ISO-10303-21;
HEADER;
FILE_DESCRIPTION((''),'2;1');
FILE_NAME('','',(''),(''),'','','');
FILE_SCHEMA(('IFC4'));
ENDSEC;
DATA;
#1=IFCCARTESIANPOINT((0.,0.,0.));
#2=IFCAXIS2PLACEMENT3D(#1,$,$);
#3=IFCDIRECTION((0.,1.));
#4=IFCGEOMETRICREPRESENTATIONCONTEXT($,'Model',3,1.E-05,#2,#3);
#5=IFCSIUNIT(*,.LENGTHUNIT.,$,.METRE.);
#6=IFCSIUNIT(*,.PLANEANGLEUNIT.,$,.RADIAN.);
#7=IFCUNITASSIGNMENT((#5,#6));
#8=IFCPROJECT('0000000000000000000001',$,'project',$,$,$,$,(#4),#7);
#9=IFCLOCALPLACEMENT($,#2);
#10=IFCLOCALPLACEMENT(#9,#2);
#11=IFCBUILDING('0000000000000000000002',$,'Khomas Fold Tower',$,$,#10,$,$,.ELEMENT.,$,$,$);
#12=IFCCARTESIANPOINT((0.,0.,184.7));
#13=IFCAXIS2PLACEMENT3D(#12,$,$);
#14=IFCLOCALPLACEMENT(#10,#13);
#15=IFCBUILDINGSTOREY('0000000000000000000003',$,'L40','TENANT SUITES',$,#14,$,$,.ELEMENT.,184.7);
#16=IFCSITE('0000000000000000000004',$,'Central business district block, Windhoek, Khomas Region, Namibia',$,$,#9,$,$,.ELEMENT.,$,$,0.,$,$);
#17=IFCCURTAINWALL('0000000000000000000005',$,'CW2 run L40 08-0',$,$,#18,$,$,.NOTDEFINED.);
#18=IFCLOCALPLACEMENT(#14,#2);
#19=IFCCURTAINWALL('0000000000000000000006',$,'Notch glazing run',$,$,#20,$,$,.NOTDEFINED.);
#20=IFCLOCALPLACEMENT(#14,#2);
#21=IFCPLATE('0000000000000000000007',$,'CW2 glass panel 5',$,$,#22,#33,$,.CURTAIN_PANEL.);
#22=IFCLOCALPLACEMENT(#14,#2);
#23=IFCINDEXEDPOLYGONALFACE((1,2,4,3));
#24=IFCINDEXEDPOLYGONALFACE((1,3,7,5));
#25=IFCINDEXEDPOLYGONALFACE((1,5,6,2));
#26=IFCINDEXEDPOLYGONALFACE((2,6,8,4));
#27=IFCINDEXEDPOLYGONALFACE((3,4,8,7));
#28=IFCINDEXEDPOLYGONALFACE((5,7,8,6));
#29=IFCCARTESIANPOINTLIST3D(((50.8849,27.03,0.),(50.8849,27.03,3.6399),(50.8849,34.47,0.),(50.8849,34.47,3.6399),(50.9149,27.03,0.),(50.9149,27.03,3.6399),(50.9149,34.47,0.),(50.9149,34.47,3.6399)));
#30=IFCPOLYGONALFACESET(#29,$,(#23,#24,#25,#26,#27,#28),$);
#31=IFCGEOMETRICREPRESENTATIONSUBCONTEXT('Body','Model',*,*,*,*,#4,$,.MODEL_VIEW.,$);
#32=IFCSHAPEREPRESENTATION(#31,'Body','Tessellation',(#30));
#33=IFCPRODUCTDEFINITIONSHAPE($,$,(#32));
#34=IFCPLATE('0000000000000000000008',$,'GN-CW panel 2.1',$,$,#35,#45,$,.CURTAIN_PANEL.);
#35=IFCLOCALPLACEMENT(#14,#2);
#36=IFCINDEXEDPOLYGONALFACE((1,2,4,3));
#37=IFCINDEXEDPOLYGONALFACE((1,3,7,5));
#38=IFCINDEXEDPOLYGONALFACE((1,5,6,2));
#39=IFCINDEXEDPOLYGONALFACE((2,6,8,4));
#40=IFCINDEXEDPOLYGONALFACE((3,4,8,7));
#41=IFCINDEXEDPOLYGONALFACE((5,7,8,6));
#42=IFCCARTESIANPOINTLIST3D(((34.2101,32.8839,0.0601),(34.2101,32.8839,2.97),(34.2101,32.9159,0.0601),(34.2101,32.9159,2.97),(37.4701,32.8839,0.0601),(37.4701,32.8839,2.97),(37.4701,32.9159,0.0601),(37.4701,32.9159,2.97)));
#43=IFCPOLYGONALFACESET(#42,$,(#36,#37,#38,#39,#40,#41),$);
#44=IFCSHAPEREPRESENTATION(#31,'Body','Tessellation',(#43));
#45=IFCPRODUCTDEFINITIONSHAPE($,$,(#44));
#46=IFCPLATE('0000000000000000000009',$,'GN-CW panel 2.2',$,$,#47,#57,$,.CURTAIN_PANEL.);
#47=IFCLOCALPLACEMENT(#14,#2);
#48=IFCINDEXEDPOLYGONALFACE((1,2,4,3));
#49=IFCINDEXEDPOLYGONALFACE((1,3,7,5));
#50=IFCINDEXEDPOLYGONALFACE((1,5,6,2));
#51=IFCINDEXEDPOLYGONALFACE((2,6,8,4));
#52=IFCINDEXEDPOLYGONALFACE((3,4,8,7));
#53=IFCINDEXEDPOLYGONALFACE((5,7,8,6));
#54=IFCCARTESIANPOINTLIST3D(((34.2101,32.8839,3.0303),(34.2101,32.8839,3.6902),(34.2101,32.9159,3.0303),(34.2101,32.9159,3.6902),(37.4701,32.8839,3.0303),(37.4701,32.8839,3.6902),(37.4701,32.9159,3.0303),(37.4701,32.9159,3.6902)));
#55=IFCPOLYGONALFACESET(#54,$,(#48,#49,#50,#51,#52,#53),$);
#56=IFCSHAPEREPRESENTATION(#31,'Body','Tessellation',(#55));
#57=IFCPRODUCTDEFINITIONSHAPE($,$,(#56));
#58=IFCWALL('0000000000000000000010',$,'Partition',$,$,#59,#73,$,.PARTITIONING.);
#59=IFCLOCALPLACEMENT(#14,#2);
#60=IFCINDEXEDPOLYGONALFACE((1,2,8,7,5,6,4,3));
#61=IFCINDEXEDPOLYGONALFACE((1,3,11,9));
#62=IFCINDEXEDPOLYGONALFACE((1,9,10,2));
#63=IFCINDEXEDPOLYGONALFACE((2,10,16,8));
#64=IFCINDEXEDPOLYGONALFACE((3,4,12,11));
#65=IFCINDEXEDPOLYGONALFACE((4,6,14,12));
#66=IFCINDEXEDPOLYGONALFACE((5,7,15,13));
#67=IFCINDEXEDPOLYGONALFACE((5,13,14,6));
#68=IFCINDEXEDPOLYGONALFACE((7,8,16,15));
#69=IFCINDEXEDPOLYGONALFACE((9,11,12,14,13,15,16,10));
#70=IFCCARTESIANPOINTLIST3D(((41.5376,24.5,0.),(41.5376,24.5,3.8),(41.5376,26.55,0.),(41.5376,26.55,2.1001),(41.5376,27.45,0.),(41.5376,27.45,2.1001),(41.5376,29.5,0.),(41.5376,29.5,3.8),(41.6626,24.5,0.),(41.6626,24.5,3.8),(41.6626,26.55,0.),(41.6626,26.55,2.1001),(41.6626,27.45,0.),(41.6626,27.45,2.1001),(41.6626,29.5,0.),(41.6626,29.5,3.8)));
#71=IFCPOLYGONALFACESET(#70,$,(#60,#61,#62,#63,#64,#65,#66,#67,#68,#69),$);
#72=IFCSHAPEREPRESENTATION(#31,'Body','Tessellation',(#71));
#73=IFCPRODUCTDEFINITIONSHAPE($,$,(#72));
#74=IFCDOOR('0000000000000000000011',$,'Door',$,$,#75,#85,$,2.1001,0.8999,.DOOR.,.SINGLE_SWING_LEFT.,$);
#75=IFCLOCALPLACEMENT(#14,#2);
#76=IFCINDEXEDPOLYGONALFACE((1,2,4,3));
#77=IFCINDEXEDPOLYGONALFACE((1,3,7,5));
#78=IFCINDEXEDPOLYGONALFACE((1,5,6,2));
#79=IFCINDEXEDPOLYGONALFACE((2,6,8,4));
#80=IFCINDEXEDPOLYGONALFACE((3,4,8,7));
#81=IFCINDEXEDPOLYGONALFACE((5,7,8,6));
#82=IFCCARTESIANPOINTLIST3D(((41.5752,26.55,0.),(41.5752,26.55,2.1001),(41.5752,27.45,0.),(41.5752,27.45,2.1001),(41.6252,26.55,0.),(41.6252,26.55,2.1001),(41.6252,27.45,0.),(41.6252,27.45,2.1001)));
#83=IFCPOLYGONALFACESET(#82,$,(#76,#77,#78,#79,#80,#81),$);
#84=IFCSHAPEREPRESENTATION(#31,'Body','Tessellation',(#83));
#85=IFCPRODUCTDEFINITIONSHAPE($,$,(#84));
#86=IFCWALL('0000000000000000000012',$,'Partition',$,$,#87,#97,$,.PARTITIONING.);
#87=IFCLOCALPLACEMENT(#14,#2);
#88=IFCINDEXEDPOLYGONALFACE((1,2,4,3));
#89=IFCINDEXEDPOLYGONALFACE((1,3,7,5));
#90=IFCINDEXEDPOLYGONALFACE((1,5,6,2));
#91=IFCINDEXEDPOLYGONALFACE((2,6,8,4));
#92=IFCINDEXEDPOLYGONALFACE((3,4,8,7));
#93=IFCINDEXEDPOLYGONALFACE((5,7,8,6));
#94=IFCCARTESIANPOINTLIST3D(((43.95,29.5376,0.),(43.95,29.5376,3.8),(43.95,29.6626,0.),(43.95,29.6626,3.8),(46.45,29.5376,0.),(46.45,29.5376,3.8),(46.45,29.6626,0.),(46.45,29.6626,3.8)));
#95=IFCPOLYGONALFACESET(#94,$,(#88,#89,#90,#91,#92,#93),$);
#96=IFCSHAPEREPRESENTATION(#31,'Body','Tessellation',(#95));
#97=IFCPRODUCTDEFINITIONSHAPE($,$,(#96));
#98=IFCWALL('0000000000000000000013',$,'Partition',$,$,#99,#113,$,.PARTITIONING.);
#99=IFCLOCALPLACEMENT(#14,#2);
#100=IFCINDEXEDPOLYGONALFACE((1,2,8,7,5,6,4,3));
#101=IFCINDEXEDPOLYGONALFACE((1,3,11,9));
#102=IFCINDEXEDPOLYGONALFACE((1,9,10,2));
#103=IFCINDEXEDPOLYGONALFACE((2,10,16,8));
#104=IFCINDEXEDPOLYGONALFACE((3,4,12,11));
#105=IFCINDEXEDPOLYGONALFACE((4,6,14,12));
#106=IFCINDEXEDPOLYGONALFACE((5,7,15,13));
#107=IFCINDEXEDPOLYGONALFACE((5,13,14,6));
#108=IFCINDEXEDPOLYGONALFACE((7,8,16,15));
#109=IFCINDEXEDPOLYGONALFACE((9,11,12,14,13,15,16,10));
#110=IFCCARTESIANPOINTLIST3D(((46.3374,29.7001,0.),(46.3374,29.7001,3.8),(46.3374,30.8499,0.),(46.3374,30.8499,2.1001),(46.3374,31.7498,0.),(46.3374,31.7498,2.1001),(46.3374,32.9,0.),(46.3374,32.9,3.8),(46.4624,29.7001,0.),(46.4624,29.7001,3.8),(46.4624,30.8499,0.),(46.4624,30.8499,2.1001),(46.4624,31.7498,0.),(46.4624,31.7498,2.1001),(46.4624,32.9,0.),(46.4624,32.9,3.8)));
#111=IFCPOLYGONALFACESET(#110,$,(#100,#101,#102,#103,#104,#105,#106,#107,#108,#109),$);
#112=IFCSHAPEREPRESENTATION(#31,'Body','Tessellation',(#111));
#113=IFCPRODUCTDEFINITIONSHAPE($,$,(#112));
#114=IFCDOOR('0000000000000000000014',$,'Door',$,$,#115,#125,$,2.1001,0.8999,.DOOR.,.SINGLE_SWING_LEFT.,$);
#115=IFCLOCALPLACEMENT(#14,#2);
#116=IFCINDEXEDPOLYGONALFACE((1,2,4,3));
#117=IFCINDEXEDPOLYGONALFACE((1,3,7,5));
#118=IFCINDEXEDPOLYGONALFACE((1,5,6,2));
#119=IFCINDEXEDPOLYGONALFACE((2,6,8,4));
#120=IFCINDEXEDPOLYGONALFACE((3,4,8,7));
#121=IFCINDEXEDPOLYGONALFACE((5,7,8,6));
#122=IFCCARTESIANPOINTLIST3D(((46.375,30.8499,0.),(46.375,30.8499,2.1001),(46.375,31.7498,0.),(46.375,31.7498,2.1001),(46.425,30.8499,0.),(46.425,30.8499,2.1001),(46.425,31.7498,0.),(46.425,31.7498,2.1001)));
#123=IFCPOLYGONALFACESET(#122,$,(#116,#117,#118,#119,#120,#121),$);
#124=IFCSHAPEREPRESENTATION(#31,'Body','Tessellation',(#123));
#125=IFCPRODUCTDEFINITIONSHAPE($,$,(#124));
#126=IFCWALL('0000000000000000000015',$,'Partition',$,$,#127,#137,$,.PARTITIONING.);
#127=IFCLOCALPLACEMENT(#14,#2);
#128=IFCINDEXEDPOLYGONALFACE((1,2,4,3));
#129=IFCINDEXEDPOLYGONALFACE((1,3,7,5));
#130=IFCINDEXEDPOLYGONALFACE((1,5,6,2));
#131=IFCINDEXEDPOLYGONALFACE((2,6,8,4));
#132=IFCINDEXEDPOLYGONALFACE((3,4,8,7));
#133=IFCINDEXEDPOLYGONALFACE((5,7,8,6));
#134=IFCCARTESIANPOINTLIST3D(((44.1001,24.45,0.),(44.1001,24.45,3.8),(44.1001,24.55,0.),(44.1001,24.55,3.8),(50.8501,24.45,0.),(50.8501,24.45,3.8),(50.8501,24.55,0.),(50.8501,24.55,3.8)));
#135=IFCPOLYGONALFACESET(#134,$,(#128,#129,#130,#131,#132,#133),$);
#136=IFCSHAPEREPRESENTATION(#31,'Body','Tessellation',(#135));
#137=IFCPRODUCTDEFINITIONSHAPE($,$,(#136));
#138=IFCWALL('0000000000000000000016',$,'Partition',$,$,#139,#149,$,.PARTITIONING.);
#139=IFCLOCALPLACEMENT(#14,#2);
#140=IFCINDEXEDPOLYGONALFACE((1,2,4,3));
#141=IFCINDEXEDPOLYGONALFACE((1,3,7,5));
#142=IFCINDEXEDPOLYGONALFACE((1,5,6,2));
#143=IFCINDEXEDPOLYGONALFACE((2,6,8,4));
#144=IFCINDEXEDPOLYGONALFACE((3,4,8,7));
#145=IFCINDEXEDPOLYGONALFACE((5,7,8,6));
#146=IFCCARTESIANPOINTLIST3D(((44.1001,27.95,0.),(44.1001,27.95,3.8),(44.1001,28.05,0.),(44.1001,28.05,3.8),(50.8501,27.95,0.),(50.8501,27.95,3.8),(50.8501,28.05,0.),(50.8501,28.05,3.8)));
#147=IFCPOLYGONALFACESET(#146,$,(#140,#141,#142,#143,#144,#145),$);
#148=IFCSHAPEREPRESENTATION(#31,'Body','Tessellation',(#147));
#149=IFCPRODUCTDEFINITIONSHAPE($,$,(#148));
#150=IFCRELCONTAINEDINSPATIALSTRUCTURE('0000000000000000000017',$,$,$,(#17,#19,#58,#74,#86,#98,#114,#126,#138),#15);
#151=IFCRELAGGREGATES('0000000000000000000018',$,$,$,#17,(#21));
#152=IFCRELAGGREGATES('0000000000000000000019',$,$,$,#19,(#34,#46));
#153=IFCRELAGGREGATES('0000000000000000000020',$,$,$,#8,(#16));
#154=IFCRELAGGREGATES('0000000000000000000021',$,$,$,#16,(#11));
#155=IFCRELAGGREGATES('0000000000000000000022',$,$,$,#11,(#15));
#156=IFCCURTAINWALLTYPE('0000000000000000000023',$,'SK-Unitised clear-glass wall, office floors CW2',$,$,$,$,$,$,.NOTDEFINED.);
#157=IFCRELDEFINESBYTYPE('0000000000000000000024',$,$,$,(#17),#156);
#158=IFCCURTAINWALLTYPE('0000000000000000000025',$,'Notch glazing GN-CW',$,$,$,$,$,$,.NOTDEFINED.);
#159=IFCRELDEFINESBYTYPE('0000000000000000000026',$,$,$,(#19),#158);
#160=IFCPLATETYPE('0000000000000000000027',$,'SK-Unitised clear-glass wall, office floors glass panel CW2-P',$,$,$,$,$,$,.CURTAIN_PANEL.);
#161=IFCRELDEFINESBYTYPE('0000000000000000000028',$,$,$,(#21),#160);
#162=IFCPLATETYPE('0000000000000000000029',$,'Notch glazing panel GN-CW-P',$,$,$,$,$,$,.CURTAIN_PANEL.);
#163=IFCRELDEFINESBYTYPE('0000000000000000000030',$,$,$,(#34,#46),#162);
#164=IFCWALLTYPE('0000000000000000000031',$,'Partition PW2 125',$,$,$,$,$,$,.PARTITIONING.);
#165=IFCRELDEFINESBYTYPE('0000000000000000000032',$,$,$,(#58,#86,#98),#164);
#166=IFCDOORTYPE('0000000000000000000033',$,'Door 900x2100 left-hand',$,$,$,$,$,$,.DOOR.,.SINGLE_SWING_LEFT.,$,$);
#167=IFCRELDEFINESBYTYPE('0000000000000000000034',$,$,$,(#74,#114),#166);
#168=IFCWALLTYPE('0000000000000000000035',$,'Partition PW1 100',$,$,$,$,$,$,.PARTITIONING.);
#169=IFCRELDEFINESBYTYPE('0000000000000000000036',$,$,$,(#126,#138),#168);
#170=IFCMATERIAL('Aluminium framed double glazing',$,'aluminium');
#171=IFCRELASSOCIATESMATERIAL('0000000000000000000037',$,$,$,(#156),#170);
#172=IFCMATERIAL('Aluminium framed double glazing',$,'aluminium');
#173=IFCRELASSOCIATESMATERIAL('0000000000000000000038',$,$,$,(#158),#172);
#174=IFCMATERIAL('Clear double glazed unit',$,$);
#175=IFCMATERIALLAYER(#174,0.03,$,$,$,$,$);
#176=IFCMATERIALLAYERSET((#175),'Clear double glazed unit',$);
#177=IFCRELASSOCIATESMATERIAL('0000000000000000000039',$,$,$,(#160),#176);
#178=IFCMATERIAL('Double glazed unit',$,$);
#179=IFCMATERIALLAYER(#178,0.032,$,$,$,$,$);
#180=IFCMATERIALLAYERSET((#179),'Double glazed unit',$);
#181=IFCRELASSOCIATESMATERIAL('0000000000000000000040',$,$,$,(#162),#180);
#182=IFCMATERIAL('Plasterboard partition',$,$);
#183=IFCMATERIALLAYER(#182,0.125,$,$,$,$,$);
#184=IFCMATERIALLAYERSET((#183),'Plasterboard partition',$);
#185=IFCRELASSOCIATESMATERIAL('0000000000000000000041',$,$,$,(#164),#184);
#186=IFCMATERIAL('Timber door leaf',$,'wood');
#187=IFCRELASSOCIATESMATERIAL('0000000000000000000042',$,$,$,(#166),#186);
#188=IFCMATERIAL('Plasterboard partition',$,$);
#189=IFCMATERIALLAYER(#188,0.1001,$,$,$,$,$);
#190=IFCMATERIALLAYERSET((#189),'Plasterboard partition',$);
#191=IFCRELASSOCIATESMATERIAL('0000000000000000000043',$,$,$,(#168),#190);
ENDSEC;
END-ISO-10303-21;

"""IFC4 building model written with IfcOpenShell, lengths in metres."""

from ifc_helpers import new_model, si_unit, direction, frame, frame_2d, origin, origin_2d, place, context, subcontext, project, spatial, rectangle, extrude, source, transform, mapped, material, layer, layer_set, type_object, element, fill, aggregate, save


model = new_model("IFC4")

# Units and contexts
model_context = context("Model", 3, precision=1e-05, world=origin(), true_north=direction((0.0, 1.0)))
body_context = subcontext(model_context, "Body", "Model", "MODEL_VIEW")
ifc_project = project(units=[si_unit("LENGTHUNIT", "METRE"), si_unit("PLANEANGLEUNIT", "RADIAN")], contexts=[model_context])

# Site, building, storey
site_placement = place(None, origin())
site = spatial("IfcSite", under=ifc_project, at=site_placement, Name="Central business district block, Windhoek, Khomas Region, Namibia", CompositionType="ELEMENT", RefElevation=0.0)
building_placement = place(site_placement, origin())
building = spatial("IfcBuilding", under=site, at=building_placement, Name="Khomas Fold Tower", CompositionType="ELEMENT")
storey_placement = place(building_placement, frame((0.0, 0.0, 184.7)))
storey = spatial("IfcBuildingStorey", under=building, at=storey_placement, Name="L40", Description="TENANT SUITES", CompositionType="ELEMENT", Elevation=184.7)

# Curtain walls
ifc_material_1 = material(Name="Aluminium framed double glazing", Category="aluminium")
curtain_wall_type_1 = type_object("IfcCurtainWallType", Name="SK-Unitised clear-glass wall, office floors CW2", PredefinedType="NOTDEFINED", material=ifc_material_1)
curtain_wall_1_placement = place(storey_placement, origin())
curtain_wall_1 = element("IfcCurtainWall", 1, at=curtain_wall_1_placement, inside=storey, type_object=curtain_wall_type_1, Name="CW2 run L40 08-0", PredefinedType="NOTDEFINED")
ifc_material_2 = material(Name="Aluminium framed double glazing", Category="aluminium")
curtain_wall_type_2 = type_object("IfcCurtainWallType", Name="Notch glazing GN-CW", PredefinedType="NOTDEFINED", material=ifc_material_2)
curtain_wall_2_placement = place(storey_placement, origin())
curtain_wall_2 = element("IfcCurtainWall", 2, at=curtain_wall_2_placement, inside=storey, type_object=curtain_wall_type_2, Name="Notch glazing run", PredefinedType="NOTDEFINED")

# Plates
ifc_material_3 = material(Name="Clear double glazed unit")
ifc_layer_1 = layer(ifc_material_3, 0.03)
ifc_layer_set_1 = layer_set([ifc_layer_1], Name="Clear double glazed unit")
plate_type_1 = type_object("IfcPlateType", Name="SK-Unitised clear-glass wall, office floors glass panel CW2-P", PredefinedType="CURTAIN_PANEL", material=ifc_layer_set_1)
shared_shape_1 = source(origin(), body_context, "Body", "SweptSolid", [
    extrude(rectangle(XDim=7.4399, YDim=0.03, at=origin_2d()), origin(), (0.0, 0.0, 1.0), 3.6399),
])
plate_1_placement = place(storey_placement, frame((50.8999, 30.75, 0.0), z_axis=(0.0, 0.0, 1.0), x_axis=(0.0, 1.0, 0.0)))
plate_1 = element("IfcPlate", 3, at=plate_1_placement, type_object=plate_type_1, Name="CW2 glass panel 5", PredefinedType="CURTAIN_PANEL", context=body_context, shape_type="MappedRepresentation", body=[
    mapped(shared_shape_1, transform((0.0, 0.0, 0.0))),
])
aggregate(curtain_wall_1, [plate_1])
ifc_material_4 = material(Name="Double glazed unit")
ifc_layer_2 = layer(ifc_material_4, 0.032)
ifc_layer_set_2 = layer_set([ifc_layer_2], Name="Double glazed unit")
plate_type_2 = type_object("IfcPlateType", Name="Notch glazing panel GN-CW-P", PredefinedType="CURTAIN_PANEL", material=ifc_layer_set_2)
shared_shape_2 = source(origin(), body_context, "Body", "SweptSolid", [
    extrude(rectangle(XDim=3.26, YDim=0.032, at=origin_2d()), origin(), (0.0, 0.0, 1.0), 2.9099),
])
plate_2_placement = place(storey_placement, frame((35.8401, 32.8999, 0.0601), z_axis=(0.0, 0.0, 1.0), x_axis=(-1.0, 0.0, 0.0)))
plate_2 = element("IfcPlate", 4, at=plate_2_placement, type_object=plate_type_2, Name="GN-CW panel 2.1", PredefinedType="CURTAIN_PANEL", context=body_context, shape_type="MappedRepresentation", body=[
    mapped(shared_shape_2, transform((0.0, 0.0, 0.0))),
])
shared_shape_3 = source(origin(), body_context, "Body", "SweptSolid", [
    extrude(rectangle(XDim=3.26, YDim=0.032, at=origin_2d()), origin(), (0.0, 0.0, 1.0), 0.6599),
])
plate_3_placement = place(storey_placement, frame((35.8401, 32.8999, 3.0303), z_axis=(0.0, 0.0, 1.0), x_axis=(-1.0, 0.0, 0.0)))
plate_3 = element("IfcPlate", 5, at=plate_3_placement, type_object=plate_type_2, Name="GN-CW panel 2.2", PredefinedType="CURTAIN_PANEL", context=body_context, shape_type="MappedRepresentation", body=[
    mapped(shared_shape_3, transform((0.0, 0.0, 0.0))),
])
aggregate(curtain_wall_2, [plate_2, plate_3])

# Wall, opening, door
ifc_material_5 = material(Name="Plasterboard partition")
ifc_layer_3 = layer(ifc_material_5, 0.125)
ifc_layer_set_3 = layer_set([ifc_layer_3], Name="Plasterboard partition")
wall_type_1 = type_object("IfcWallType", Name="Partition PW2 125", PredefinedType="PARTITIONING", material=ifc_layer_set_3)
shared_shape_4 = source(origin(), body_context, "Body", "SweptSolid", [
    extrude(rectangle(XDim=5.0, YDim=0.125, at=frame_2d((2.5, 0.0))), origin(), (0.0, 0.0, 1.0), 3.8),
])
wall_1_placement = place(storey_placement, frame((41.6001, 24.5, 0.0), z_axis=(0.0, 0.0, 1.0), x_axis=(0.0, 1.0, 0.0)))
wall_1 = element("IfcWall", 6, at=wall_1_placement, inside=storey, type_object=wall_type_1, Name="Partition", PredefinedType="PARTITIONING", context=body_context, shape_type="MappedRepresentation", body=[
    mapped(shared_shape_4, transform((0.0, 0.0, 0.0))),
])
shared_shape_5 = source(origin(), body_context, "Body", "SweptSolid", [
    extrude(rectangle(XDim=0.8999, YDim=2.1001, at=frame_2d((0.45, 1.05))), frame((0.0, 0.0725, 0.0), z_axis=(0.0, -1.0, 0.0), x_axis=(1.0, 0.0, 0.0)), (0.0, 0.0, 1.0), 0.145),
])
opening_1_placement = place(wall_1_placement, frame((2.05, 0.0, 0.0)))
opening_1 = element("IfcOpeningElement", 7, at=opening_1_placement, cuts=wall_1, PredefinedType="OPENING", context=body_context, shape_type="MappedRepresentation", body=[
    mapped(shared_shape_5, transform((0.0, 0.0, 0.0))),
])
ifc_material_6 = material(Name="Timber door leaf", Category="wood")
door_type = type_object("IfcDoorType", Name="Door 900x2100 left-hand", OperationType="SINGLE_SWING_LEFT", PredefinedType="DOOR", material=ifc_material_6)
shared_shape_6 = source(origin(), body_context, "Body", "SweptSolid", [
    extrude(rectangle(XDim=0.8999, YDim=2.1001, at=frame_2d((0.45, 1.05))), frame((0.0, 0.0249, 0.0), z_axis=(0.0, -1.0, 0.0), x_axis=(1.0, 0.0, 0.0)), (0.0, 0.0, 1.0), 0.05),
])
door_1_placement = place(opening_1_placement, origin())
door_1 = element("IfcDoor", 8, at=door_1_placement, inside=storey, type_object=door_type, Name="Door", OperationType="SINGLE_SWING_LEFT", OverallHeight=2.1001, OverallWidth=0.8999, PredefinedType="DOOR", context=body_context, shape_type="MappedRepresentation", body=[
    mapped(shared_shape_6, transform((0.0, 0.0, 0.0))),
])
fill(opening_1, door_1)

# Wall
shared_shape_7 = source(origin(), body_context, "Body", "SweptSolid", [
    extrude(rectangle(XDim=2.5, YDim=0.125, at=frame_2d((1.25, 0.0))), origin(), (0.0, 0.0, 1.0), 3.8),
])
wall_2_placement = place(storey_placement, frame((43.95, 29.6001, 0.0), z_axis=(0.0, 0.0, 1.0), x_axis=(1.0, 0.0, 0.0)))
element("IfcWall", 9, at=wall_2_placement, inside=storey, type_object=wall_type_1, Name="Partition", PredefinedType="PARTITIONING", context=body_context, shape_type="MappedRepresentation", body=[
    mapped(shared_shape_7, transform((0.0, 0.0, 0.0))),
])

# Wall, opening, door
shared_shape_8 = source(origin(), body_context, "Body", "SweptSolid", [
    extrude(rectangle(XDim=3.2, YDim=0.125, at=frame_2d((1.6001, 0.0))), origin(), (0.0, 0.0, 1.0), 3.8),
])
wall_3_placement = place(storey_placement, frame((46.3999, 29.7, 0.0), z_axis=(0.0, 0.0, 1.0), x_axis=(0.0, 1.0, 0.0)))
wall_3 = element("IfcWall", 10, at=wall_3_placement, inside=storey, type_object=wall_type_1, Name="Partition", PredefinedType="PARTITIONING", context=body_context, shape_type="MappedRepresentation", body=[
    mapped(shared_shape_8, transform((0.0, 0.0, 0.0))),
])
opening_2_placement = place(wall_3_placement, frame((1.1499, 0.0, 0.0)))
opening_2 = element("IfcOpeningElement", 11, at=opening_2_placement, cuts=wall_3, PredefinedType="OPENING", context=body_context, shape_type="MappedRepresentation", body=[
    mapped(shared_shape_5, transform((0.0, 0.0, 0.0))),
])
door_2_placement = place(opening_2_placement, origin())
door_2 = element("IfcDoor", 12, at=door_2_placement, inside=storey, type_object=door_type, Name="Door", OperationType="SINGLE_SWING_LEFT", OverallHeight=2.1001, OverallWidth=0.8999, PredefinedType="DOOR", context=body_context, shape_type="MappedRepresentation", body=[
    mapped(shared_shape_6, transform((0.0, 0.0, 0.0))),
])
fill(opening_2, door_2)

# Walls
ifc_material_7 = material(Name="Plasterboard partition")
ifc_layer_4 = layer(ifc_material_7, 0.1001)
ifc_layer_set_4 = layer_set([ifc_layer_4], Name="Plasterboard partition")
wall_type_2 = type_object("IfcWallType", Name="Partition PW1 100", PredefinedType="PARTITIONING", material=ifc_layer_set_4)
shared_shape_9 = source(origin(), body_context, "Body", "SweptSolid", [
    extrude(rectangle(XDim=6.75, YDim=0.1001, at=frame_2d((3.375, 0.0))), origin(), (0.0, 0.0, 1.0), 3.8),
])
for number, where, z_axis, x_axis, name in (
    (13, (44.1001, 24.5, 0.0), (0.0, 0.0, 1.0), (1.0, 0.0, 0.0), "Partition"),
    (14, (44.1001, 28.0, 0.0), (0.0, 0.0, 1.0), (1.0, 0.0, 0.0), "Partition"),
):
    element("IfcWall", number, at=place(storey_placement, frame(where, z_axis=z_axis, x_axis=x_axis)), inside=storey, type_object=wall_type_2, Name=name, PredefinedType="PARTITIONING", context=body_context, shape_type="MappedRepresentation", body=[
        mapped(shared_shape_9, transform((0.0, 0.0, 0.0))),
    ])

save(model, "model.ifc")
